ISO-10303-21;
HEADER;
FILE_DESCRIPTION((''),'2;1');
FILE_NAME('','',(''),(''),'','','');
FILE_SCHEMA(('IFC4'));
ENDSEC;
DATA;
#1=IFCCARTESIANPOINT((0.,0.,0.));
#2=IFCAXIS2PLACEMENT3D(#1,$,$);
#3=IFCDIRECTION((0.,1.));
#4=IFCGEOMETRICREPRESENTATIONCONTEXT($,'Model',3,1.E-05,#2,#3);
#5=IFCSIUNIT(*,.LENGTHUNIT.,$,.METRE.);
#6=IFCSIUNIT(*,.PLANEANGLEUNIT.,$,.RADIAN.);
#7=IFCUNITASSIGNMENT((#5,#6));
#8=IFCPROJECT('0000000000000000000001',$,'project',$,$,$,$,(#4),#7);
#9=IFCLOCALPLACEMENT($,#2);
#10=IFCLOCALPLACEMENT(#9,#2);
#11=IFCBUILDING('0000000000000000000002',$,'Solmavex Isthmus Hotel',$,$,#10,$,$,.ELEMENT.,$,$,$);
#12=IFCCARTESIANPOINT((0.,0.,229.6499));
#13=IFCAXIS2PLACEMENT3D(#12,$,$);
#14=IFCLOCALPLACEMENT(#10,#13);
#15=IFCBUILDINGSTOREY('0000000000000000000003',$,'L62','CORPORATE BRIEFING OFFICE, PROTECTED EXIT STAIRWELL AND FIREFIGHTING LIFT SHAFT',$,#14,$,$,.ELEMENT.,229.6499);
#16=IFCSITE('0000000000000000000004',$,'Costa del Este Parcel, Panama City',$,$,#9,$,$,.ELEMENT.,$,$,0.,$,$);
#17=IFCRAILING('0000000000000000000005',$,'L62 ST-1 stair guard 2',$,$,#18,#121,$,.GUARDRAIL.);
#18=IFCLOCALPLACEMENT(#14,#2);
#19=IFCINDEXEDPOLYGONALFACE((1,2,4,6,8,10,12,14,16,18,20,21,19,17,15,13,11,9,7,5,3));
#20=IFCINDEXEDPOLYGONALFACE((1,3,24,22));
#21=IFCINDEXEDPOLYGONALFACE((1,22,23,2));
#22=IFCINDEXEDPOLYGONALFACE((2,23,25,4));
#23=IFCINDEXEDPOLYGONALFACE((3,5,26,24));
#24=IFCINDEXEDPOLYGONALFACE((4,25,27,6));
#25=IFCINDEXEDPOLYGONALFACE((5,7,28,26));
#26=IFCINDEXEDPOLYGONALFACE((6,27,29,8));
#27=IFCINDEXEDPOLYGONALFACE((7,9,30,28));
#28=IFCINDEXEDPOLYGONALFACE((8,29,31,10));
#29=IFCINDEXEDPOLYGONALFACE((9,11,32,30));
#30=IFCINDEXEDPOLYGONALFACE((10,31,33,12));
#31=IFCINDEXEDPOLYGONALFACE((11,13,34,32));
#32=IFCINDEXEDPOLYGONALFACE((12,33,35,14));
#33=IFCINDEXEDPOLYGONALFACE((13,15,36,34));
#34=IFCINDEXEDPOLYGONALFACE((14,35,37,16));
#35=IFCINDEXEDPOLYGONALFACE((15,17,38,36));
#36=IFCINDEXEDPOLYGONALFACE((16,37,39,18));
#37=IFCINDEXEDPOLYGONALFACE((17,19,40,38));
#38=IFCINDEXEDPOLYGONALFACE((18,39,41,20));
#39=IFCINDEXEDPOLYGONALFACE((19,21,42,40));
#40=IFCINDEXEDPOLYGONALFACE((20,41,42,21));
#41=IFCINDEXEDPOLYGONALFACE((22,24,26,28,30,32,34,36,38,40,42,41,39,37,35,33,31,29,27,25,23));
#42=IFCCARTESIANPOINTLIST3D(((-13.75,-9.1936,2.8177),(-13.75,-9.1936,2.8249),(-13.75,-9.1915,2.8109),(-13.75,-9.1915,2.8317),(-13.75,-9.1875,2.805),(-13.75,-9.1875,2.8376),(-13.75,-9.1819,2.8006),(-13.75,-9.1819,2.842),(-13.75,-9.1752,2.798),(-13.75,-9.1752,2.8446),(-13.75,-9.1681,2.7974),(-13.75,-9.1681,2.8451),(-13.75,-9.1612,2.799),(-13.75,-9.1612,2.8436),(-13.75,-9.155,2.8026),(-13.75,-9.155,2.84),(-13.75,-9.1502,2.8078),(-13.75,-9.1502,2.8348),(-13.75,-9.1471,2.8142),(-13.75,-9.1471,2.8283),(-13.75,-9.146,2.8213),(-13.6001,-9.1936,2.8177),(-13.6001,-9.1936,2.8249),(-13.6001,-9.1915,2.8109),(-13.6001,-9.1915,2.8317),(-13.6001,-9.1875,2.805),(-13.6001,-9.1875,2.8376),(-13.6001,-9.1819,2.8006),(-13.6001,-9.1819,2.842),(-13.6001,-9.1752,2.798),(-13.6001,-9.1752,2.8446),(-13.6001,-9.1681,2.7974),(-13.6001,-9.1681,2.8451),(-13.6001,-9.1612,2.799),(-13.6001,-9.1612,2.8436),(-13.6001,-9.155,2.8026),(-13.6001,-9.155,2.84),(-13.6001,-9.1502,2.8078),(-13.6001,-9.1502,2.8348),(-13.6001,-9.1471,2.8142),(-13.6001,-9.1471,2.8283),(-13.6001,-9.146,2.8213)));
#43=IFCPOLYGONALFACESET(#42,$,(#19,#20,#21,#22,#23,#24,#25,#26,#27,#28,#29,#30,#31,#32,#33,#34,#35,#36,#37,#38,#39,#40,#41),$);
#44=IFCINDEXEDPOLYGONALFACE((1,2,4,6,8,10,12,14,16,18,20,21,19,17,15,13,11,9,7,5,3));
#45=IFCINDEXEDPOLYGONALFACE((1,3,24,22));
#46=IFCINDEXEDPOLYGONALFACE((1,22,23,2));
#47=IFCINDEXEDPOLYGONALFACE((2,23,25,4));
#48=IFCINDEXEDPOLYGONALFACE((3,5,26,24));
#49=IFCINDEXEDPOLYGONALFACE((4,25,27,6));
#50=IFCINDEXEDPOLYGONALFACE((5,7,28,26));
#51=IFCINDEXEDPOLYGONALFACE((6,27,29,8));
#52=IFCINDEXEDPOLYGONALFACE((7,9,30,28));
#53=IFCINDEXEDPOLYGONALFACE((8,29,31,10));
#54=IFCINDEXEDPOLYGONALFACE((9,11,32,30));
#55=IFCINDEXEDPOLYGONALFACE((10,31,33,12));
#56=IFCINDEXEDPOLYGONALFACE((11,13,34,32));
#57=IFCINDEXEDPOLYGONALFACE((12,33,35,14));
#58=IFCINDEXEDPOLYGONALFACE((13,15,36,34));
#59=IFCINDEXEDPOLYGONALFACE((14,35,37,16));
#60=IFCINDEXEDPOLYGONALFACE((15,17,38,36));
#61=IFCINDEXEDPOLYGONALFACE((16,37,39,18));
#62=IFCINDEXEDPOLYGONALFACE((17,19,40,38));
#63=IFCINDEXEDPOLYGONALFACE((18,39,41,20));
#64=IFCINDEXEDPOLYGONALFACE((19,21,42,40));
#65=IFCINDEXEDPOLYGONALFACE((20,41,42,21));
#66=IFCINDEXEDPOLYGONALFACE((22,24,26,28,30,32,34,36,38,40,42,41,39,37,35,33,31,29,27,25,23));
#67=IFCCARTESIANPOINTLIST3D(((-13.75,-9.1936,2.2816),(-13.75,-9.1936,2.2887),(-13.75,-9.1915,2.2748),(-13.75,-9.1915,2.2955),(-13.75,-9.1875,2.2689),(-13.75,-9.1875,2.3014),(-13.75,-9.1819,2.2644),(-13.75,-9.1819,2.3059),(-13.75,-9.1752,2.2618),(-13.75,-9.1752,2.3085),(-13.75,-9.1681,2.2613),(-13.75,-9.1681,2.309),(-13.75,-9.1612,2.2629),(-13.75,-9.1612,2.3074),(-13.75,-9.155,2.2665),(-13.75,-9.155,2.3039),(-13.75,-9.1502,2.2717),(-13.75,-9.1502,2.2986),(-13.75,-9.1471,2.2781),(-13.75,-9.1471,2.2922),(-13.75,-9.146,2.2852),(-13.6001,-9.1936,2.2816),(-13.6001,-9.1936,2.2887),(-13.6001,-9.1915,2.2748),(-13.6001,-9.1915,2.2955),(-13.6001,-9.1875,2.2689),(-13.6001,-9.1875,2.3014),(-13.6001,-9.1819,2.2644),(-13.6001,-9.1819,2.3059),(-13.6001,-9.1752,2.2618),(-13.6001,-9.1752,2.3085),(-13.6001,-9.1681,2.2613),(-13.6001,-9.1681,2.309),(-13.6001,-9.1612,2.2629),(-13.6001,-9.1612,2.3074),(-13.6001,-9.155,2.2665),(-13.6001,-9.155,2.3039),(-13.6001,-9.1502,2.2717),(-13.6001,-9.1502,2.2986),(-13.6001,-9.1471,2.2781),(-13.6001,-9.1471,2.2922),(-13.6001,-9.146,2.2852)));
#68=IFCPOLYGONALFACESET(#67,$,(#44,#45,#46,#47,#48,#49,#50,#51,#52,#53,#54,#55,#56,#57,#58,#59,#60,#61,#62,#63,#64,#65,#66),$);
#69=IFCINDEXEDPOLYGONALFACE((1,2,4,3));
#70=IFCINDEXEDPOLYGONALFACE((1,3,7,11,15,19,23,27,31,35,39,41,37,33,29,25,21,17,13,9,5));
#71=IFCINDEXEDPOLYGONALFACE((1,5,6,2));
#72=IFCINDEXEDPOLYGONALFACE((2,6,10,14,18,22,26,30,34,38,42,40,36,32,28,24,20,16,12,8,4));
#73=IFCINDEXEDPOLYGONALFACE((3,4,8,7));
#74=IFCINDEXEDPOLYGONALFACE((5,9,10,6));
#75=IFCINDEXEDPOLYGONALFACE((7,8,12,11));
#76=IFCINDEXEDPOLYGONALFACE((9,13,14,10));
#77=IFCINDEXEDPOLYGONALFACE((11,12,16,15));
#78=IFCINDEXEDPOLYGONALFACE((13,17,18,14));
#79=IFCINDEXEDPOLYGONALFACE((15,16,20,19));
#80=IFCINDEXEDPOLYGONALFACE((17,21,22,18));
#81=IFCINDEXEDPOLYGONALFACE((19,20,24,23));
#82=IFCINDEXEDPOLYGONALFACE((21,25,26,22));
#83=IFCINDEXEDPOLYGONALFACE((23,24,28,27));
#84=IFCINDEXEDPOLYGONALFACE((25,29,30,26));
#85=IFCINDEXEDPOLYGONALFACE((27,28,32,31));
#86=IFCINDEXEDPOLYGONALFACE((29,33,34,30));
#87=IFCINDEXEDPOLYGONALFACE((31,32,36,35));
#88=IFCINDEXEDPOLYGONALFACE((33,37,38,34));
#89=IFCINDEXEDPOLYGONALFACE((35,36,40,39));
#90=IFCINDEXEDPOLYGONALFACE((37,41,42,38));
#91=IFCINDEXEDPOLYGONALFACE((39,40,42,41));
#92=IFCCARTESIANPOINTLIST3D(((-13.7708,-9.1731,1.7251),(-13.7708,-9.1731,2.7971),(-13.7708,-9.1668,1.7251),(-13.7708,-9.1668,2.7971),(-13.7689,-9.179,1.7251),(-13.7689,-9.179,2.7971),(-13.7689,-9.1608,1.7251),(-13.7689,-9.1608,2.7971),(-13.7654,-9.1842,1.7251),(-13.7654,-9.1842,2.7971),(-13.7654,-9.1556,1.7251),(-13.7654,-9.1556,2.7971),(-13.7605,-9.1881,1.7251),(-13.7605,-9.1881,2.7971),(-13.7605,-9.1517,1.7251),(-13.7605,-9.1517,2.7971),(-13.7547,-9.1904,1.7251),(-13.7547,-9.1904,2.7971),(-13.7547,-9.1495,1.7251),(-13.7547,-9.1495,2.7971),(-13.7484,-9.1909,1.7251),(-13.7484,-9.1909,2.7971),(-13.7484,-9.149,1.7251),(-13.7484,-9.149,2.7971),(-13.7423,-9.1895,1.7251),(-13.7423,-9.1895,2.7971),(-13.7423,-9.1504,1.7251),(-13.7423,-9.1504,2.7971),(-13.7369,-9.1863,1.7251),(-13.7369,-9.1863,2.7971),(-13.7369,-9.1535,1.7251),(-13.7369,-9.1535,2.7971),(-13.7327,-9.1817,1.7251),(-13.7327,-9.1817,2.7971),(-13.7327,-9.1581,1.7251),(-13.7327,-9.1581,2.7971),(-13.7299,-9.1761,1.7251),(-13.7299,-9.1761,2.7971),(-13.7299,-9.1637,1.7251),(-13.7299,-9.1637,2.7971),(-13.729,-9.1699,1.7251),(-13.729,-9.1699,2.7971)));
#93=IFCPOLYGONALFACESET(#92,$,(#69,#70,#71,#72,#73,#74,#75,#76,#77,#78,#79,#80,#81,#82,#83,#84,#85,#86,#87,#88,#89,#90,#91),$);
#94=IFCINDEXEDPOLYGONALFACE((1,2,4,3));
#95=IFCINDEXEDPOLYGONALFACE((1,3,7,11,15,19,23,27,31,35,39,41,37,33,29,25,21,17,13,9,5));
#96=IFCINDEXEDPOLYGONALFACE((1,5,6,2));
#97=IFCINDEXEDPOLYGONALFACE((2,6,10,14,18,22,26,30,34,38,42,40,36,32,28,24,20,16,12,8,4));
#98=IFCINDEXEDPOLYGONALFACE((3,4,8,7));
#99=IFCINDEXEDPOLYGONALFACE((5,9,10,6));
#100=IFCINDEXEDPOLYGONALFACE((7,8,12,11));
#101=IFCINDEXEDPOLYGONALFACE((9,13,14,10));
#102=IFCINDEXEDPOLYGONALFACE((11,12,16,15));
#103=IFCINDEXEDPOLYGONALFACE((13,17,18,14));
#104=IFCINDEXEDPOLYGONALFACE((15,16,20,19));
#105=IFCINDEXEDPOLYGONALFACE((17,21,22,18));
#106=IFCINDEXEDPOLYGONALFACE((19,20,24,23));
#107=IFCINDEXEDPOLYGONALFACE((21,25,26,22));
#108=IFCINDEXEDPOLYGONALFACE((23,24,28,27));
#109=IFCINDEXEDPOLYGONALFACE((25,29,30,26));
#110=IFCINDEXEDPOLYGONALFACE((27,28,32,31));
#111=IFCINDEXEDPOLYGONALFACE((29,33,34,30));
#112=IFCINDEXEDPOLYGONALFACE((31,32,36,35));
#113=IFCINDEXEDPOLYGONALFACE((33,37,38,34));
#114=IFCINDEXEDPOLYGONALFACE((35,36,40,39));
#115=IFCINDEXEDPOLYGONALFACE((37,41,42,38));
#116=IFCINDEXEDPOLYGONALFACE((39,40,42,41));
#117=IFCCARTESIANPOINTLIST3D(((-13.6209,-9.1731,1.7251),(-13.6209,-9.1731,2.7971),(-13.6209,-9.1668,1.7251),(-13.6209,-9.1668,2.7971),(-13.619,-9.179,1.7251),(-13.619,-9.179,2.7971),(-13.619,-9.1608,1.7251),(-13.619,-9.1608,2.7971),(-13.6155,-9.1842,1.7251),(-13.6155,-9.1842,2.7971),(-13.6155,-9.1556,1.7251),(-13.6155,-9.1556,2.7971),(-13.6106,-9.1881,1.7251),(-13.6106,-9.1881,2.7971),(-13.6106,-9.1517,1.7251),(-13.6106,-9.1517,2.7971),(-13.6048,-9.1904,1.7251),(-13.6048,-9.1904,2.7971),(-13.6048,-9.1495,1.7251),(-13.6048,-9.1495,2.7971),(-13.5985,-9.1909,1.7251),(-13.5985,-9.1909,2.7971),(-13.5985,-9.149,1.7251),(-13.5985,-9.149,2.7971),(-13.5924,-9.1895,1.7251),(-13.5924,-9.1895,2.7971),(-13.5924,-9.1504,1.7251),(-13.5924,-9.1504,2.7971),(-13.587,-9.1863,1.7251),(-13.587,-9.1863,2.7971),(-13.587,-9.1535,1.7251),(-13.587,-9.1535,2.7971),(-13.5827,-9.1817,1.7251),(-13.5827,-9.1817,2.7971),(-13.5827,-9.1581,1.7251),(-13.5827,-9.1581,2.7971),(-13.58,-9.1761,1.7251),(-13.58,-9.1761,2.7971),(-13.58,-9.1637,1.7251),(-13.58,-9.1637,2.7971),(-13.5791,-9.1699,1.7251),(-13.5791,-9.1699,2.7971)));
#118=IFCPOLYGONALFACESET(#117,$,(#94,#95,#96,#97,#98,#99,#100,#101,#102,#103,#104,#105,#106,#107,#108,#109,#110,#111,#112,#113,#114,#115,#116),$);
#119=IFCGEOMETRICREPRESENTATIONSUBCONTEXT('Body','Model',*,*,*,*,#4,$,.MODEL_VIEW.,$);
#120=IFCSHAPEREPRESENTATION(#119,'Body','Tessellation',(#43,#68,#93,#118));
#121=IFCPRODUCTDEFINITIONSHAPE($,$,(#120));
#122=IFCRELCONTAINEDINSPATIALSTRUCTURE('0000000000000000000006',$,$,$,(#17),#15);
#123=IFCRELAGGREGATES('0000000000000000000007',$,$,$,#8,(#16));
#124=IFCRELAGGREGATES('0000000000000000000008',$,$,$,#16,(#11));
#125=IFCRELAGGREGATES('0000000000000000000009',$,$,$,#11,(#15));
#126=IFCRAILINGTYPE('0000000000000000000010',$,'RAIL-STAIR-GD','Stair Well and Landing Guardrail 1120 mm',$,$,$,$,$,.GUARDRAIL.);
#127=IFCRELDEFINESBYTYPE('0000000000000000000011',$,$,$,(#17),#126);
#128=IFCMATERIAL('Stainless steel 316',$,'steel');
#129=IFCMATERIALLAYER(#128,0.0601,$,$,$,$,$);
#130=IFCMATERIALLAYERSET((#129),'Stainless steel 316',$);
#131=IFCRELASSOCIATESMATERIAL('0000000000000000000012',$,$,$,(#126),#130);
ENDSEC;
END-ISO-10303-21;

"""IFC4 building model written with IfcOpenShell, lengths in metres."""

from ifc_helpers import new_model, si_unit, direction, frame, origin, origin_2d, place, context, subcontext, project, spatial, circle, extrude, material, layer, layer_set, type_object, element, save


model = new_model("IFC4")

# Units and contexts
model_context = context("Model", 3, precision=1e-05, world=origin(), true_north=direction((0.0, 1.0)))
body_context = subcontext(model_context, "Body", "Model", "MODEL_VIEW")
ifc_project = project(units=[si_unit("LENGTHUNIT", "METRE"), si_unit("PLANEANGLEUNIT", "RADIAN")], contexts=[model_context])

# Site, building, storey
site_placement = place(None, origin())
site = spatial("IfcSite", under=ifc_project, at=site_placement, Name="Costa del Este Parcel, Panama City", CompositionType="ELEMENT", RefElevation=0.0)
building_placement = place(site_placement, origin())
building = spatial("IfcBuilding", under=site, at=building_placement, Name="Solmavex Isthmus Hotel", CompositionType="ELEMENT")
storey_placement = place(building_placement, frame((0.0, 0.0, 229.6499)))
storey = spatial("IfcBuildingStorey", under=building, at=storey_placement, Name="L62", Description="CORPORATE BRIEFING OFFICE, PROTECTED EXIT STAIRWELL AND FIREFIGHTING LIFT SHAFT", CompositionType="ELEMENT", Elevation=229.6499)

# Railing
ifc_material_1 = material(Name="Stainless steel 316", Category="steel")
ifc_layer_1 = layer(ifc_material_1, 0.0601)
ifc_layer_set_1 = layer_set([ifc_layer_1], Name="Stainless steel 316")
railing_type_1 = type_object("IfcRailingType", Name="RAIL-STAIR-GD", Description="Stair Well and Landing Guardrail 1120 mm", PredefinedType="GUARDRAIL", material=ifc_layer_set_1)
railing_1_placement = place(storey_placement, frame((-13.75, -9.1699, 1.7251)))
element("IfcRailing", 1, at=railing_1_placement, inside=storey, type_object=railing_type_1, Name="L62 ST-1 stair guard 2", PredefinedType="GUARDRAIL", context=body_context, shape_type="SweptSolid", body=[
    extrude(circle(Radius=0.0239, at=origin_2d()), frame((0.0, 0.0, 1.0962), z_axis=(1.0, 0.0, 0.0), x_axis=(0.0, 1.0, 0.0)), (0.0, 0.0, 1.0), 0.1499),
    extrude(circle(Radius=0.0239, at=origin_2d()), frame((0.0, 0.0, 0.5601), z_axis=(1.0, 0.0, 0.0), x_axis=(0.0, 1.0, 0.0)), (0.0, 0.0, 1.0), 0.1499),
    extrude(circle(Radius=0.021, at=origin_2d()), origin(), (0.0, 0.0, 1.0), 1.072),
    extrude(circle(Radius=0.021, at=origin_2d()), frame((0.1499, 0.0, 0.0)), (0.0, 0.0, 1.0), 1.072),
])

save(model, "model.ifc")
